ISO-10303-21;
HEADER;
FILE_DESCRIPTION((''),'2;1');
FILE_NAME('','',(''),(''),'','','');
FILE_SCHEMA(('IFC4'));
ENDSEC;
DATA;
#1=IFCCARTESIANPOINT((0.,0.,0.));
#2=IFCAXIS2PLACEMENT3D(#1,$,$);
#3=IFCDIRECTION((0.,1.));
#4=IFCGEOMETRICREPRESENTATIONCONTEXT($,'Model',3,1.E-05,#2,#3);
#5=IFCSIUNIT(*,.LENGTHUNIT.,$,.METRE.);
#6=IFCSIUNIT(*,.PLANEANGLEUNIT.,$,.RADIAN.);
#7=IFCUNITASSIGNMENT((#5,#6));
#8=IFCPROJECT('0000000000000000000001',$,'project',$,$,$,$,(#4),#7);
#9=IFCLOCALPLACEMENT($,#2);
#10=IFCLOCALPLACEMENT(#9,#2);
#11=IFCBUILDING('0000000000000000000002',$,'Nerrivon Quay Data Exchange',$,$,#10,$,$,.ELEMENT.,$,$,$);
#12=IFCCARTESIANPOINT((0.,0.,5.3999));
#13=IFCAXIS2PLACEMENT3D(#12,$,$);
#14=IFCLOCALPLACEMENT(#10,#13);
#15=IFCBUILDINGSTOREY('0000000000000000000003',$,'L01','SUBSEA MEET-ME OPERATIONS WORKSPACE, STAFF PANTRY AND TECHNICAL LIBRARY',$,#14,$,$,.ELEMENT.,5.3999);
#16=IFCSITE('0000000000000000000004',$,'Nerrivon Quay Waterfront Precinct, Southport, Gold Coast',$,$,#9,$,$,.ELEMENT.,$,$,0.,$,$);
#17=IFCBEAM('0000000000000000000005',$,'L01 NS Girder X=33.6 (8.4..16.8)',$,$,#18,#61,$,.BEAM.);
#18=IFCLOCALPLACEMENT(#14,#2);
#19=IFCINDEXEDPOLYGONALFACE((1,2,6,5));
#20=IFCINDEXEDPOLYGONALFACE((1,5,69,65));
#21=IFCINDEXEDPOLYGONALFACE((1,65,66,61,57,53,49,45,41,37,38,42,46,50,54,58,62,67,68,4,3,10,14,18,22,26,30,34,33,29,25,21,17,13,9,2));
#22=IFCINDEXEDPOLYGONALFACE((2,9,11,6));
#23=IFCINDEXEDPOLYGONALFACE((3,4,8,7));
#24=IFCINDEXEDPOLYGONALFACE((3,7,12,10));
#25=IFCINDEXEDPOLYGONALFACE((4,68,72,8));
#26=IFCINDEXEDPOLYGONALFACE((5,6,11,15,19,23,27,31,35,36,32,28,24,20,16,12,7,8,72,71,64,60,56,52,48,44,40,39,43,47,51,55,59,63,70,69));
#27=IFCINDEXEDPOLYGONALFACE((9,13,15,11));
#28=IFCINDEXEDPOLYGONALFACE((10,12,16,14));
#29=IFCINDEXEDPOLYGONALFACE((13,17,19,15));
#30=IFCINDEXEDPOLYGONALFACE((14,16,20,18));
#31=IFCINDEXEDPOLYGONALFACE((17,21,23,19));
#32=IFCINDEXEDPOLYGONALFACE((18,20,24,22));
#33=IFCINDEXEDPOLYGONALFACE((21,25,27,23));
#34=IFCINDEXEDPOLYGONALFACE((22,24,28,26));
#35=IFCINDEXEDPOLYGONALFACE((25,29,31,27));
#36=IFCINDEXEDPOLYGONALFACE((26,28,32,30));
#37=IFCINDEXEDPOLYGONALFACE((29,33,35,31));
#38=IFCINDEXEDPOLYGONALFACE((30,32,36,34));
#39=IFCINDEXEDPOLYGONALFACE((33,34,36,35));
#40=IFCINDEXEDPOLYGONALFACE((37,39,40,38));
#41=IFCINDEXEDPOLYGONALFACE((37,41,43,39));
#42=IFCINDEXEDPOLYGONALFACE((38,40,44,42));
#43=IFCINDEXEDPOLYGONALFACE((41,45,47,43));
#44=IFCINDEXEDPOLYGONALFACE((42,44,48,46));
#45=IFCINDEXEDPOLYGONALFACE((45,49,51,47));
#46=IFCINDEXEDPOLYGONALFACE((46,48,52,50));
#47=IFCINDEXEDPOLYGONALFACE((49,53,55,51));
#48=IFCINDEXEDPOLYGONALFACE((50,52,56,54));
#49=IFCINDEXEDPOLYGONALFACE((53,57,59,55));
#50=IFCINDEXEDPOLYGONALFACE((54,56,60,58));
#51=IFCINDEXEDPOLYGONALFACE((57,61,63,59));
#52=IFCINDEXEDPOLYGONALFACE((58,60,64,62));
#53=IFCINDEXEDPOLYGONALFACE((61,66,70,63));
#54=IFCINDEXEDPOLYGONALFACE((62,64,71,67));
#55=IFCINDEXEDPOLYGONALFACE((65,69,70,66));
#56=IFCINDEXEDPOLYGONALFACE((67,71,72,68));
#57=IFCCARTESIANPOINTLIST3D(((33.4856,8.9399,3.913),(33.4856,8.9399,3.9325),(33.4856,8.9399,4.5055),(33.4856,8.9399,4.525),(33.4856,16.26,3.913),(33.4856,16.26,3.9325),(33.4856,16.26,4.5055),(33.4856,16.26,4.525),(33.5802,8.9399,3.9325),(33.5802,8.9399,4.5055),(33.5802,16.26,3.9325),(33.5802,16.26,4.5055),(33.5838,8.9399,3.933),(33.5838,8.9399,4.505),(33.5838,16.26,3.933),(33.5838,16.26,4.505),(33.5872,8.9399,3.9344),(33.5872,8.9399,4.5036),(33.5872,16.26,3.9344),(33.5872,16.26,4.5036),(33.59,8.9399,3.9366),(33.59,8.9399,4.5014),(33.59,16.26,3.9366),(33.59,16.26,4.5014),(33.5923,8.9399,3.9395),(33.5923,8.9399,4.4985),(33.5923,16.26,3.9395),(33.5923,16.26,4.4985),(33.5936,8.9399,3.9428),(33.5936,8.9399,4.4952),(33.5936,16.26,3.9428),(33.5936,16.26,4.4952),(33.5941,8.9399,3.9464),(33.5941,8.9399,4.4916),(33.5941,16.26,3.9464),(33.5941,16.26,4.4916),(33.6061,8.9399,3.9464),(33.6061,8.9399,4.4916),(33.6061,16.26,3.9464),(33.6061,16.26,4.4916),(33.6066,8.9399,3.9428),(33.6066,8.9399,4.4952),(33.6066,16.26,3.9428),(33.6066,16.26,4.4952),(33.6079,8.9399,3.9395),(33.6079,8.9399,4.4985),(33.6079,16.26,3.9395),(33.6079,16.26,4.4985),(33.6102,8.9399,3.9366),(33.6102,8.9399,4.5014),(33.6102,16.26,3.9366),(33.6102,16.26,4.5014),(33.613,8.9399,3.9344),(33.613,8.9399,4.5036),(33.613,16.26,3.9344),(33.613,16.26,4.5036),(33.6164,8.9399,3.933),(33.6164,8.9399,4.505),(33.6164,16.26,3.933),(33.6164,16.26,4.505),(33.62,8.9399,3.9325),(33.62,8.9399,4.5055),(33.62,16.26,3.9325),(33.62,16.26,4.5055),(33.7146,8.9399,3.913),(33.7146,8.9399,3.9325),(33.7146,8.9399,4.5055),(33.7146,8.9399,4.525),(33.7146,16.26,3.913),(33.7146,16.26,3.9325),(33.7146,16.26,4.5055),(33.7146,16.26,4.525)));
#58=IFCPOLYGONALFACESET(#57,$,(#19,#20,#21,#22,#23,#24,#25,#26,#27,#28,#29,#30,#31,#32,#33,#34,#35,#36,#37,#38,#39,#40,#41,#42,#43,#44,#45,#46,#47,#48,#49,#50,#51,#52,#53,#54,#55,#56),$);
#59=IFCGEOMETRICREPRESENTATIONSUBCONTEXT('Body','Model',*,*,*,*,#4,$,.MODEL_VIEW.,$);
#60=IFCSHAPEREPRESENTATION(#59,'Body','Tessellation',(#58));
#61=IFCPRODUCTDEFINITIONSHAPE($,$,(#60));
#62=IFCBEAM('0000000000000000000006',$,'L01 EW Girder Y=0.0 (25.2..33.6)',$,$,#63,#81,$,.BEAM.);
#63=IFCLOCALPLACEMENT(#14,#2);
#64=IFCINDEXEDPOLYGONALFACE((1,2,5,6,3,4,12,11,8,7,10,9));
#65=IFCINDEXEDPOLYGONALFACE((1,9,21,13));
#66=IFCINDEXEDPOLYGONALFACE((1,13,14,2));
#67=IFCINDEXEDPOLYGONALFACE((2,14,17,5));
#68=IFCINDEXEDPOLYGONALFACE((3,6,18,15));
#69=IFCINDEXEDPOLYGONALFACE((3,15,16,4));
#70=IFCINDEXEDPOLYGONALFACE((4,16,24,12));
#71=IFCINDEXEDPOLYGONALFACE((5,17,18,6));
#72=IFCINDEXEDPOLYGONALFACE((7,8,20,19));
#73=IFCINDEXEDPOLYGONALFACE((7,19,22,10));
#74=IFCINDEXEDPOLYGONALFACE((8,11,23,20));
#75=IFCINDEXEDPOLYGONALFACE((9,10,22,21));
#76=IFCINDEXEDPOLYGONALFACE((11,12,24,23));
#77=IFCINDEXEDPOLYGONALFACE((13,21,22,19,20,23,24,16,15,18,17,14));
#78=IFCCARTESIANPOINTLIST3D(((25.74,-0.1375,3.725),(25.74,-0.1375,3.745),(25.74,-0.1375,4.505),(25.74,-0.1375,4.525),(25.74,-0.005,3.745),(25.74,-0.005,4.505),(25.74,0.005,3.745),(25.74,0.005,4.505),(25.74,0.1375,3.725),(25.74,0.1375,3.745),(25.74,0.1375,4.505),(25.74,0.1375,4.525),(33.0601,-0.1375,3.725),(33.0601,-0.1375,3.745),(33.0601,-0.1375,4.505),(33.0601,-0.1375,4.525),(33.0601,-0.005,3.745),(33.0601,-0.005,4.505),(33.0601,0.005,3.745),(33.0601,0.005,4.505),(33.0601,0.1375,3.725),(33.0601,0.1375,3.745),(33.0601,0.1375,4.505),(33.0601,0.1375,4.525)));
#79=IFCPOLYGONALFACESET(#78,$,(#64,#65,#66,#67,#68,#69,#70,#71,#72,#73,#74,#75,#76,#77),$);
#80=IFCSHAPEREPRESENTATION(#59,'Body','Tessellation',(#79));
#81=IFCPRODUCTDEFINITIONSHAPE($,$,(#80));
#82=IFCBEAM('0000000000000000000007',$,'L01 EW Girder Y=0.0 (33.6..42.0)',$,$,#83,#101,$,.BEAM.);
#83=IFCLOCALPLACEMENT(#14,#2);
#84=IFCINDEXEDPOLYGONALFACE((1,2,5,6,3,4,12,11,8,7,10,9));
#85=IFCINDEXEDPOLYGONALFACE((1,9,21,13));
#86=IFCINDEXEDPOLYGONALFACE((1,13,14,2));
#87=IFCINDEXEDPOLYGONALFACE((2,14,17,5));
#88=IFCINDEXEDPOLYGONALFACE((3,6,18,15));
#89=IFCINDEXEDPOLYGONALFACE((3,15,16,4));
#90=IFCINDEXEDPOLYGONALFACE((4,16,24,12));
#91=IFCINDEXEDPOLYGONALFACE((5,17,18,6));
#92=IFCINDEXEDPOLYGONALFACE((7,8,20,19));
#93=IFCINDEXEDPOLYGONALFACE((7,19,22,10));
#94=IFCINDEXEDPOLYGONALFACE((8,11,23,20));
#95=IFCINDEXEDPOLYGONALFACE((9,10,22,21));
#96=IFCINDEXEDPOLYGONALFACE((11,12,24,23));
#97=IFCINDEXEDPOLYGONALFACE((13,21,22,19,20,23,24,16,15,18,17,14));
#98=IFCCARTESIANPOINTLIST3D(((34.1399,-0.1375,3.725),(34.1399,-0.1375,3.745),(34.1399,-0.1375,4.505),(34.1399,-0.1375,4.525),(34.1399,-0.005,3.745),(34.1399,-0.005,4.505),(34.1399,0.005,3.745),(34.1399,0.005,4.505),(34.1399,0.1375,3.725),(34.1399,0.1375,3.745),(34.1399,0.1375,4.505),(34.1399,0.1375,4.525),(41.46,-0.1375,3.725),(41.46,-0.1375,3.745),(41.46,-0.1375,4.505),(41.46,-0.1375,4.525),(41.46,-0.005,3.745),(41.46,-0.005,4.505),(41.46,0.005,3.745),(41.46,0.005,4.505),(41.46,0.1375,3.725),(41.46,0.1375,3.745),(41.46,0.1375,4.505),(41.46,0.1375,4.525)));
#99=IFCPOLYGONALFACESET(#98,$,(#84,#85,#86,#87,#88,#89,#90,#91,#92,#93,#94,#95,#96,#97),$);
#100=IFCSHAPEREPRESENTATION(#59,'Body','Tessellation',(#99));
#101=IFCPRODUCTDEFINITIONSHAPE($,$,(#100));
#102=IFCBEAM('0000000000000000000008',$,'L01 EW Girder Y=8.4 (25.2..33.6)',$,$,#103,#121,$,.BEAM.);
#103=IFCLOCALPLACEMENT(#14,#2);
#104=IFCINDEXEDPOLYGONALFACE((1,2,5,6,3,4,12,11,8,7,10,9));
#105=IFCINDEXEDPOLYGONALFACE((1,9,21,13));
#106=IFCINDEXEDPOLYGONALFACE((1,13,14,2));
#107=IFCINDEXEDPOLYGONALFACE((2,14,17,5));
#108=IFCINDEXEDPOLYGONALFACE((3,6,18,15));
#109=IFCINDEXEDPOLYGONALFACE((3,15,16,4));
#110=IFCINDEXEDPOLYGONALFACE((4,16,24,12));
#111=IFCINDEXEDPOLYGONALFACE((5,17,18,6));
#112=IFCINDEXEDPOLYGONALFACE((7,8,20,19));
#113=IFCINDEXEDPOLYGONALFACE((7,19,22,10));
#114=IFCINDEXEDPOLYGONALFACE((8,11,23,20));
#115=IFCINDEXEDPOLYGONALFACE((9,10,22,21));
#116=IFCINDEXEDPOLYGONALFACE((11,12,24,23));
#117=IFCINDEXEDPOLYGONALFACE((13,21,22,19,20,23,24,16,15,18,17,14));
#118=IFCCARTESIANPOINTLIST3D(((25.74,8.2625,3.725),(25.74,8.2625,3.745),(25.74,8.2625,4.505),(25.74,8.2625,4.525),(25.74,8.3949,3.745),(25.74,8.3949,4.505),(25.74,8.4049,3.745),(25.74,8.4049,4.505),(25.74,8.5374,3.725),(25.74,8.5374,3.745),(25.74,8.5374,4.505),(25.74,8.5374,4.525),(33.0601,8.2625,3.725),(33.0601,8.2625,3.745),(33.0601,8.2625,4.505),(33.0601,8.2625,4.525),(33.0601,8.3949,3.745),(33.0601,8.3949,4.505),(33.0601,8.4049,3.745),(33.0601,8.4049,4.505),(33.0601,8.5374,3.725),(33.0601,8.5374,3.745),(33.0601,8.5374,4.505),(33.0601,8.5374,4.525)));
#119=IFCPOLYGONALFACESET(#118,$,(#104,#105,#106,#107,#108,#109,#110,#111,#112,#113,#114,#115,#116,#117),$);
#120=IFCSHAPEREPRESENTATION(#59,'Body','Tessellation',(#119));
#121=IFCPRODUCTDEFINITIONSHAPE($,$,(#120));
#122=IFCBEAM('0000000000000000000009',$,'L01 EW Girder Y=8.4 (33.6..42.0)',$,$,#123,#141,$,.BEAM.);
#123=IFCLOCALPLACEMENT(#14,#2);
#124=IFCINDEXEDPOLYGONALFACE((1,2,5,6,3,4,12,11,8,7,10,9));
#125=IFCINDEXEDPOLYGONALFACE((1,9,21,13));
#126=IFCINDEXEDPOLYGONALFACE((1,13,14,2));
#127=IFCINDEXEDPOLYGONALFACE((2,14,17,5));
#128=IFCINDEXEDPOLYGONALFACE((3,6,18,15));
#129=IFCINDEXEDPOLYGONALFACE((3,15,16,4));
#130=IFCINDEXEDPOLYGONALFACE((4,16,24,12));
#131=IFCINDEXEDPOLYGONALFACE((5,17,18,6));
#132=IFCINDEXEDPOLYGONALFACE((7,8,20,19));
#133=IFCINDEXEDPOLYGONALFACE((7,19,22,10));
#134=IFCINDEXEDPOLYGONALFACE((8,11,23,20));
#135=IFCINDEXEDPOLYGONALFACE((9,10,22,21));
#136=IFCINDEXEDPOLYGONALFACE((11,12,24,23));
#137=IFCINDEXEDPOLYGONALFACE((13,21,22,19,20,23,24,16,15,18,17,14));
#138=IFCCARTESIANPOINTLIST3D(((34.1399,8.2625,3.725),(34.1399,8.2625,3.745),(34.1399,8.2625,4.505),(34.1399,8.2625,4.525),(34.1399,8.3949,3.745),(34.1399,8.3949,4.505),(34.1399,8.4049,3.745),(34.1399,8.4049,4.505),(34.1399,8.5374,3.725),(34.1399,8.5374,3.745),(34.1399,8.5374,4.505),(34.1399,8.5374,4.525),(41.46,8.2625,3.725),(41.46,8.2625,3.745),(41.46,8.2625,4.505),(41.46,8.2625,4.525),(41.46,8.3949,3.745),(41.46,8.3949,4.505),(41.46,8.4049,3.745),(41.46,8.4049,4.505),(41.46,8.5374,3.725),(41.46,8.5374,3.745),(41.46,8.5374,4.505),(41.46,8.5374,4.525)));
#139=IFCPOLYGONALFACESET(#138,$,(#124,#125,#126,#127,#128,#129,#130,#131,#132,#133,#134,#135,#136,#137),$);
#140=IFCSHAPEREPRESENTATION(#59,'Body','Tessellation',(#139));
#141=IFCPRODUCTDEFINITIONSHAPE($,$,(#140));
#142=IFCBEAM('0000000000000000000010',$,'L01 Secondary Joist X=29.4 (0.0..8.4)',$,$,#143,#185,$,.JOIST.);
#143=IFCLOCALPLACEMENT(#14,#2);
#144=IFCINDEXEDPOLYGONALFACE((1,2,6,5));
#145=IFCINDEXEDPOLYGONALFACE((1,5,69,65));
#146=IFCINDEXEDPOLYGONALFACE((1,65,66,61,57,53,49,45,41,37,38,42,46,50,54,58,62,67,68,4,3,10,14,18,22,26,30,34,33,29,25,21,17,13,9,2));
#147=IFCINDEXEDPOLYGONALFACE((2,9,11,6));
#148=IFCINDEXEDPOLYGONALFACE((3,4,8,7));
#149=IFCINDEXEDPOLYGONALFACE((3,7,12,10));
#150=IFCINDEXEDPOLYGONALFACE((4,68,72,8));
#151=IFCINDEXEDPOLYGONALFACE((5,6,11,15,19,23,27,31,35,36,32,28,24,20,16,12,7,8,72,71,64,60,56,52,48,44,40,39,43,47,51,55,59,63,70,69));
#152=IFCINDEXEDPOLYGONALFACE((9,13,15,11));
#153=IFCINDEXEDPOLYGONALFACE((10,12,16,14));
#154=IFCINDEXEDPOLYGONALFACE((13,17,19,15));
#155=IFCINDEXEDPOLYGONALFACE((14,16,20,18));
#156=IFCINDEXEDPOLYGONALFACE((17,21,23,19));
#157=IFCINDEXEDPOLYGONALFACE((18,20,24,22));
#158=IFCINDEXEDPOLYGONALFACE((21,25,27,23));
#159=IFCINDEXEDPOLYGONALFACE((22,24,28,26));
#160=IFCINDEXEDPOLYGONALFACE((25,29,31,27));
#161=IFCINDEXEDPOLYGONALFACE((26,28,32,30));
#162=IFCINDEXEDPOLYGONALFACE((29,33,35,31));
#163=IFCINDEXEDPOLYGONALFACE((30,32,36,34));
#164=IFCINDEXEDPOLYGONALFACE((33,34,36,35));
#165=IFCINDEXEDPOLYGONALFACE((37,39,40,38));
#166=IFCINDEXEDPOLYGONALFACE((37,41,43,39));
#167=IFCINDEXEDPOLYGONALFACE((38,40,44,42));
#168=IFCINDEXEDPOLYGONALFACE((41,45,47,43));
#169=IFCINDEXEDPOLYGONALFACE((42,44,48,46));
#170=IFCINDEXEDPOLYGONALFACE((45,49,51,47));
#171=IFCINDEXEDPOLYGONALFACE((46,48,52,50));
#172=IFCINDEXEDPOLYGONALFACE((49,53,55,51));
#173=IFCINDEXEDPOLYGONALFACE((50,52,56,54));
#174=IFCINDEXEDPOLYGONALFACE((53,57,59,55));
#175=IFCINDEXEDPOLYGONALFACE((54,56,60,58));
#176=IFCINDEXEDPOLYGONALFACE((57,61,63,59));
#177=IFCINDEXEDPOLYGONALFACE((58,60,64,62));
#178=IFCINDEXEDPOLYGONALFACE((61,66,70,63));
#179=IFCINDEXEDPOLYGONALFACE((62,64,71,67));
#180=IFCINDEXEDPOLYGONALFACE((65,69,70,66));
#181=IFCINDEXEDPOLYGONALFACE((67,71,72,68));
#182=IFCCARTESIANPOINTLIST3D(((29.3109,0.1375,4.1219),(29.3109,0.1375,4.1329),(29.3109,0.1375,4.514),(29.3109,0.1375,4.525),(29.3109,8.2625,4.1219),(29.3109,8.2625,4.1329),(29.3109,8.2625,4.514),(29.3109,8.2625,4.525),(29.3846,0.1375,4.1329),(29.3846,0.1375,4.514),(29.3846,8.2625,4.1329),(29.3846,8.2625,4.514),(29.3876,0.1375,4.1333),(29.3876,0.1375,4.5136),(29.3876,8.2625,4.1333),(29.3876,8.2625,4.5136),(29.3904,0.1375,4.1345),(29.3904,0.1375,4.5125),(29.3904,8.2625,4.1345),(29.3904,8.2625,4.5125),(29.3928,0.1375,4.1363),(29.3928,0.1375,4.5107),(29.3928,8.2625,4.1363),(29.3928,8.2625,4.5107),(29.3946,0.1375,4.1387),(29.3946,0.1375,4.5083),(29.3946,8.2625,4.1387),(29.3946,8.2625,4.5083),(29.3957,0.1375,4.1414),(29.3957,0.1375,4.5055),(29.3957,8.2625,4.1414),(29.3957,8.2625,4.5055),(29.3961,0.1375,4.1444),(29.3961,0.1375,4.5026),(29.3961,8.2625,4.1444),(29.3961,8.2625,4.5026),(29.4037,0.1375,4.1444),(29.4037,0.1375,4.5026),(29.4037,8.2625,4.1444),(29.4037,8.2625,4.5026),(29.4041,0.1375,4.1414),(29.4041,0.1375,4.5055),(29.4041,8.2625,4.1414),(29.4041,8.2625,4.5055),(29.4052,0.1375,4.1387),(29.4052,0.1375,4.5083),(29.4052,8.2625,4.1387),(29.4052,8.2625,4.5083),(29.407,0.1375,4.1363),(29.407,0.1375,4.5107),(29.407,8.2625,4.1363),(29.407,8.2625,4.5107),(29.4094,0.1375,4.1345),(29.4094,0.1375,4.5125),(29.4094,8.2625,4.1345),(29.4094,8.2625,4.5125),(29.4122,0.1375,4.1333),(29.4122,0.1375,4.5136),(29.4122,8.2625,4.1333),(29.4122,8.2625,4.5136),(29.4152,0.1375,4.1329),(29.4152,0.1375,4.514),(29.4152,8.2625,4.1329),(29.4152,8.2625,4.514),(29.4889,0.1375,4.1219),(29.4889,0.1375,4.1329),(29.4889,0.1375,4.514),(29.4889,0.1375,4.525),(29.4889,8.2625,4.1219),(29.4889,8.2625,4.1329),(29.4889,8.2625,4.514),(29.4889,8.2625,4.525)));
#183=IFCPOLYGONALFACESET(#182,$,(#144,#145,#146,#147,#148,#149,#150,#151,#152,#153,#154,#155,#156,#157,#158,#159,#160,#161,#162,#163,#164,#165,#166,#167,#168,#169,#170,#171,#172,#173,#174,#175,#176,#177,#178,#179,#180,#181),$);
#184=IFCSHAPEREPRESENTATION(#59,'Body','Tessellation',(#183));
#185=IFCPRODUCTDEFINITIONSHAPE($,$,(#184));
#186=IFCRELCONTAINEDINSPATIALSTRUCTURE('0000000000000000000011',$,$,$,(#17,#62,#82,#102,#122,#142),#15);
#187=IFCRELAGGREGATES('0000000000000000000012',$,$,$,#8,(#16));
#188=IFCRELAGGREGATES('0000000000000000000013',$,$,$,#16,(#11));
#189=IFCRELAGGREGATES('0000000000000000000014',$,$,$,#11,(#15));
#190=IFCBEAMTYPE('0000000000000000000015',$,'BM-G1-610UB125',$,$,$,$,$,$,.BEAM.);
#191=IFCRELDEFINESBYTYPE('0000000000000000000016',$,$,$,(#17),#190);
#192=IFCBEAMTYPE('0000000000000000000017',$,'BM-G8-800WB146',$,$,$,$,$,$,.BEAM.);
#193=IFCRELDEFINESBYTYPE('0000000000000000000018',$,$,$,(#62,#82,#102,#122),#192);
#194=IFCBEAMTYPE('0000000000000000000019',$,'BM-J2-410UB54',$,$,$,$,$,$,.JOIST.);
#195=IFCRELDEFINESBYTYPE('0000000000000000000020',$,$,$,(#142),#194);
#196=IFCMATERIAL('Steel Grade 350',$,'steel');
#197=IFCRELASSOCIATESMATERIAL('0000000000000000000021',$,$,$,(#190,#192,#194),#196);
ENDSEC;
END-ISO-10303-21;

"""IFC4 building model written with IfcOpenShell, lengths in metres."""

from ifc_helpers import new_model, si_unit, direction, frame, origin, origin_2d, place, context, subcontext, project, spatial, i_section, extrude, material, material_profile, profile_set, type_object, element, save


model = new_model("IFC4")

# Units and contexts
model_context = context("Model", 3, precision=1e-05, world=origin(), true_north=direction((0.0, 1.0)))
body_context = subcontext(model_context, "Body", "Model", "MODEL_VIEW")
ifc_project = project(units=[si_unit("LENGTHUNIT", "METRE"), si_unit("PLANEANGLEUNIT", "RADIAN")], contexts=[model_context])

# Site, building, storey
site_placement = place(None, origin())
site = spatial("IfcSite", under=ifc_project, at=site_placement, Name="Nerrivon Quay Waterfront Precinct, Southport, Gold Coast", CompositionType="ELEMENT", RefElevation=0.0)
building_placement = place(site_placement, origin())
building = spatial("IfcBuilding", under=site, at=building_placement, Name="Nerrivon Quay Data Exchange", CompositionType="ELEMENT")
storey_placement = place(building_placement, frame((0.0, 0.0, 5.3999)))
storey = spatial("IfcBuildingStorey", under=building, at=storey_placement, Name="L01", Description="SUBSEA MEET-ME OPERATIONS WORKSPACE, STAFF PANTRY AND TECHNICAL LIBRARY", CompositionType="ELEMENT", Elevation=5.3999)

# Beams
ifc_material_1 = material(Name="Steel Grade 350", Category="steel")
ifc_material_profile_1 = material_profile(ifc_material_1, i_section(OverallWidth=0.229, OverallDepth=0.6121, WebThickness=0.012, FlangeThickness=0.0195, FilletRadius=0.0139, at=origin_2d()), Name="610UB125")
ifc_profile_set_1 = profile_set([ifc_material_profile_1], Name="Steel Grade 350")
beam_type_1 = type_object("IfcBeamType", Name="BM-G1-610UB125", PredefinedType="BEAM", material=ifc_profile_set_1)
for number, where, z_axis, x_axis, name in (
    (1, (33.6001, 8.9399, 4.219), (0.0, 1.0, 0.0), (-1.0, 0.0, 0.0), "L01 NS Girder X=33.6 (8.4..16.8)"),
):
    element("IfcBeam", number, at=place(storey_placement, frame(where, z_axis=z_axis, x_axis=x_axis)), inside=storey, type_object=beam_type_1, Name=name, PredefinedType="BEAM", context=body_context, shape_type="SweptSolid", body=[
        extrude(i_section(OverallWidth=0.229, OverallDepth=0.6121, WebThickness=0.012, FlangeThickness=0.0195, FilletRadius=0.0139, at=origin_2d()), origin(), (0.0, 0.0, 1.0), 7.3201),
    ])
ifc_material_profile_2 = material_profile(ifc_material_1, i_section(OverallWidth=0.2749, OverallDepth=0.8, WebThickness=0.01, FlangeThickness=0.02, at=origin_2d()), Name="800WB146")
ifc_profile_set_2 = profile_set([ifc_material_profile_2], Name="Steel Grade 350")
beam_type_2 = type_object("IfcBeamType", Name="BM-G8-800WB146", PredefinedType="BEAM", material=ifc_profile_set_2)
for number, where, z_axis, x_axis, name in (
    (2, (25.74, 0.0, 4.125), (1.0, 0.0, 0.0), (0.0, 1.0, 0.0), "L01 EW Girder Y=0.0 (25.2..33.6)"),
    (3, (34.1399, 0.0, 4.125), (1.0, 0.0, 0.0), (0.0, 1.0, 0.0), "L01 EW Girder Y=0.0 (33.6..42.0)"),
    (4, (25.74, 8.3999, 4.125), (1.0, 0.0, 0.0), (0.0, 1.0, 0.0), "L01 EW Girder Y=8.4 (25.2..33.6)"),
    (5, (34.1399, 8.3999, 4.125), (1.0, 0.0, 0.0), (0.0, 1.0, 0.0), "L01 EW Girder Y=8.4 (33.6..42.0)"),
):
    element("IfcBeam", number, at=place(storey_placement, frame(where, z_axis=z_axis, x_axis=x_axis)), inside=storey, type_object=beam_type_2, Name=name, PredefinedType="BEAM", context=body_context, shape_type="SweptSolid", body=[
        extrude(i_section(OverallWidth=0.2749, OverallDepth=0.8, WebThickness=0.01, FlangeThickness=0.02, at=origin_2d()), origin(), (0.0, 0.0, 1.0), 7.3201),
    ])
ifc_material_profile_3 = material_profile(ifc_material_1, i_section(OverallWidth=0.178, OverallDepth=0.4031, WebThickness=0.0076, FlangeThickness=0.011, FilletRadius=0.0115, at=origin_2d()), Name="410UB53.7")
ifc_profile_set_3 = profile_set([ifc_material_profile_3], Name="Steel Grade 350")
beam_type_3 = type_object("IfcBeamType", Name="BM-J2-410UB54", PredefinedType="JOIST", material=ifc_profile_set_3)
beam_placement = place(storey_placement, frame((29.3999, 0.1375, 4.3235), z_axis=(0.0, 1.0, 0.0), x_axis=(-1.0, 0.0, 0.0)))
element("IfcBeam", 6, at=beam_placement, inside=storey, type_object=beam_type_3, Name="L01 Secondary Joist X=29.4 (0.0..8.4)", PredefinedType="JOIST", context=body_context, shape_type="SweptSolid", body=[
    extrude(i_section(OverallWidth=0.178, OverallDepth=0.4031, WebThickness=0.0076, FlangeThickness=0.011, FilletRadius=0.0115, at=origin_2d()), origin(), (0.0, 0.0, 1.0), 8.125),
])

save(model, "model.ifc")
